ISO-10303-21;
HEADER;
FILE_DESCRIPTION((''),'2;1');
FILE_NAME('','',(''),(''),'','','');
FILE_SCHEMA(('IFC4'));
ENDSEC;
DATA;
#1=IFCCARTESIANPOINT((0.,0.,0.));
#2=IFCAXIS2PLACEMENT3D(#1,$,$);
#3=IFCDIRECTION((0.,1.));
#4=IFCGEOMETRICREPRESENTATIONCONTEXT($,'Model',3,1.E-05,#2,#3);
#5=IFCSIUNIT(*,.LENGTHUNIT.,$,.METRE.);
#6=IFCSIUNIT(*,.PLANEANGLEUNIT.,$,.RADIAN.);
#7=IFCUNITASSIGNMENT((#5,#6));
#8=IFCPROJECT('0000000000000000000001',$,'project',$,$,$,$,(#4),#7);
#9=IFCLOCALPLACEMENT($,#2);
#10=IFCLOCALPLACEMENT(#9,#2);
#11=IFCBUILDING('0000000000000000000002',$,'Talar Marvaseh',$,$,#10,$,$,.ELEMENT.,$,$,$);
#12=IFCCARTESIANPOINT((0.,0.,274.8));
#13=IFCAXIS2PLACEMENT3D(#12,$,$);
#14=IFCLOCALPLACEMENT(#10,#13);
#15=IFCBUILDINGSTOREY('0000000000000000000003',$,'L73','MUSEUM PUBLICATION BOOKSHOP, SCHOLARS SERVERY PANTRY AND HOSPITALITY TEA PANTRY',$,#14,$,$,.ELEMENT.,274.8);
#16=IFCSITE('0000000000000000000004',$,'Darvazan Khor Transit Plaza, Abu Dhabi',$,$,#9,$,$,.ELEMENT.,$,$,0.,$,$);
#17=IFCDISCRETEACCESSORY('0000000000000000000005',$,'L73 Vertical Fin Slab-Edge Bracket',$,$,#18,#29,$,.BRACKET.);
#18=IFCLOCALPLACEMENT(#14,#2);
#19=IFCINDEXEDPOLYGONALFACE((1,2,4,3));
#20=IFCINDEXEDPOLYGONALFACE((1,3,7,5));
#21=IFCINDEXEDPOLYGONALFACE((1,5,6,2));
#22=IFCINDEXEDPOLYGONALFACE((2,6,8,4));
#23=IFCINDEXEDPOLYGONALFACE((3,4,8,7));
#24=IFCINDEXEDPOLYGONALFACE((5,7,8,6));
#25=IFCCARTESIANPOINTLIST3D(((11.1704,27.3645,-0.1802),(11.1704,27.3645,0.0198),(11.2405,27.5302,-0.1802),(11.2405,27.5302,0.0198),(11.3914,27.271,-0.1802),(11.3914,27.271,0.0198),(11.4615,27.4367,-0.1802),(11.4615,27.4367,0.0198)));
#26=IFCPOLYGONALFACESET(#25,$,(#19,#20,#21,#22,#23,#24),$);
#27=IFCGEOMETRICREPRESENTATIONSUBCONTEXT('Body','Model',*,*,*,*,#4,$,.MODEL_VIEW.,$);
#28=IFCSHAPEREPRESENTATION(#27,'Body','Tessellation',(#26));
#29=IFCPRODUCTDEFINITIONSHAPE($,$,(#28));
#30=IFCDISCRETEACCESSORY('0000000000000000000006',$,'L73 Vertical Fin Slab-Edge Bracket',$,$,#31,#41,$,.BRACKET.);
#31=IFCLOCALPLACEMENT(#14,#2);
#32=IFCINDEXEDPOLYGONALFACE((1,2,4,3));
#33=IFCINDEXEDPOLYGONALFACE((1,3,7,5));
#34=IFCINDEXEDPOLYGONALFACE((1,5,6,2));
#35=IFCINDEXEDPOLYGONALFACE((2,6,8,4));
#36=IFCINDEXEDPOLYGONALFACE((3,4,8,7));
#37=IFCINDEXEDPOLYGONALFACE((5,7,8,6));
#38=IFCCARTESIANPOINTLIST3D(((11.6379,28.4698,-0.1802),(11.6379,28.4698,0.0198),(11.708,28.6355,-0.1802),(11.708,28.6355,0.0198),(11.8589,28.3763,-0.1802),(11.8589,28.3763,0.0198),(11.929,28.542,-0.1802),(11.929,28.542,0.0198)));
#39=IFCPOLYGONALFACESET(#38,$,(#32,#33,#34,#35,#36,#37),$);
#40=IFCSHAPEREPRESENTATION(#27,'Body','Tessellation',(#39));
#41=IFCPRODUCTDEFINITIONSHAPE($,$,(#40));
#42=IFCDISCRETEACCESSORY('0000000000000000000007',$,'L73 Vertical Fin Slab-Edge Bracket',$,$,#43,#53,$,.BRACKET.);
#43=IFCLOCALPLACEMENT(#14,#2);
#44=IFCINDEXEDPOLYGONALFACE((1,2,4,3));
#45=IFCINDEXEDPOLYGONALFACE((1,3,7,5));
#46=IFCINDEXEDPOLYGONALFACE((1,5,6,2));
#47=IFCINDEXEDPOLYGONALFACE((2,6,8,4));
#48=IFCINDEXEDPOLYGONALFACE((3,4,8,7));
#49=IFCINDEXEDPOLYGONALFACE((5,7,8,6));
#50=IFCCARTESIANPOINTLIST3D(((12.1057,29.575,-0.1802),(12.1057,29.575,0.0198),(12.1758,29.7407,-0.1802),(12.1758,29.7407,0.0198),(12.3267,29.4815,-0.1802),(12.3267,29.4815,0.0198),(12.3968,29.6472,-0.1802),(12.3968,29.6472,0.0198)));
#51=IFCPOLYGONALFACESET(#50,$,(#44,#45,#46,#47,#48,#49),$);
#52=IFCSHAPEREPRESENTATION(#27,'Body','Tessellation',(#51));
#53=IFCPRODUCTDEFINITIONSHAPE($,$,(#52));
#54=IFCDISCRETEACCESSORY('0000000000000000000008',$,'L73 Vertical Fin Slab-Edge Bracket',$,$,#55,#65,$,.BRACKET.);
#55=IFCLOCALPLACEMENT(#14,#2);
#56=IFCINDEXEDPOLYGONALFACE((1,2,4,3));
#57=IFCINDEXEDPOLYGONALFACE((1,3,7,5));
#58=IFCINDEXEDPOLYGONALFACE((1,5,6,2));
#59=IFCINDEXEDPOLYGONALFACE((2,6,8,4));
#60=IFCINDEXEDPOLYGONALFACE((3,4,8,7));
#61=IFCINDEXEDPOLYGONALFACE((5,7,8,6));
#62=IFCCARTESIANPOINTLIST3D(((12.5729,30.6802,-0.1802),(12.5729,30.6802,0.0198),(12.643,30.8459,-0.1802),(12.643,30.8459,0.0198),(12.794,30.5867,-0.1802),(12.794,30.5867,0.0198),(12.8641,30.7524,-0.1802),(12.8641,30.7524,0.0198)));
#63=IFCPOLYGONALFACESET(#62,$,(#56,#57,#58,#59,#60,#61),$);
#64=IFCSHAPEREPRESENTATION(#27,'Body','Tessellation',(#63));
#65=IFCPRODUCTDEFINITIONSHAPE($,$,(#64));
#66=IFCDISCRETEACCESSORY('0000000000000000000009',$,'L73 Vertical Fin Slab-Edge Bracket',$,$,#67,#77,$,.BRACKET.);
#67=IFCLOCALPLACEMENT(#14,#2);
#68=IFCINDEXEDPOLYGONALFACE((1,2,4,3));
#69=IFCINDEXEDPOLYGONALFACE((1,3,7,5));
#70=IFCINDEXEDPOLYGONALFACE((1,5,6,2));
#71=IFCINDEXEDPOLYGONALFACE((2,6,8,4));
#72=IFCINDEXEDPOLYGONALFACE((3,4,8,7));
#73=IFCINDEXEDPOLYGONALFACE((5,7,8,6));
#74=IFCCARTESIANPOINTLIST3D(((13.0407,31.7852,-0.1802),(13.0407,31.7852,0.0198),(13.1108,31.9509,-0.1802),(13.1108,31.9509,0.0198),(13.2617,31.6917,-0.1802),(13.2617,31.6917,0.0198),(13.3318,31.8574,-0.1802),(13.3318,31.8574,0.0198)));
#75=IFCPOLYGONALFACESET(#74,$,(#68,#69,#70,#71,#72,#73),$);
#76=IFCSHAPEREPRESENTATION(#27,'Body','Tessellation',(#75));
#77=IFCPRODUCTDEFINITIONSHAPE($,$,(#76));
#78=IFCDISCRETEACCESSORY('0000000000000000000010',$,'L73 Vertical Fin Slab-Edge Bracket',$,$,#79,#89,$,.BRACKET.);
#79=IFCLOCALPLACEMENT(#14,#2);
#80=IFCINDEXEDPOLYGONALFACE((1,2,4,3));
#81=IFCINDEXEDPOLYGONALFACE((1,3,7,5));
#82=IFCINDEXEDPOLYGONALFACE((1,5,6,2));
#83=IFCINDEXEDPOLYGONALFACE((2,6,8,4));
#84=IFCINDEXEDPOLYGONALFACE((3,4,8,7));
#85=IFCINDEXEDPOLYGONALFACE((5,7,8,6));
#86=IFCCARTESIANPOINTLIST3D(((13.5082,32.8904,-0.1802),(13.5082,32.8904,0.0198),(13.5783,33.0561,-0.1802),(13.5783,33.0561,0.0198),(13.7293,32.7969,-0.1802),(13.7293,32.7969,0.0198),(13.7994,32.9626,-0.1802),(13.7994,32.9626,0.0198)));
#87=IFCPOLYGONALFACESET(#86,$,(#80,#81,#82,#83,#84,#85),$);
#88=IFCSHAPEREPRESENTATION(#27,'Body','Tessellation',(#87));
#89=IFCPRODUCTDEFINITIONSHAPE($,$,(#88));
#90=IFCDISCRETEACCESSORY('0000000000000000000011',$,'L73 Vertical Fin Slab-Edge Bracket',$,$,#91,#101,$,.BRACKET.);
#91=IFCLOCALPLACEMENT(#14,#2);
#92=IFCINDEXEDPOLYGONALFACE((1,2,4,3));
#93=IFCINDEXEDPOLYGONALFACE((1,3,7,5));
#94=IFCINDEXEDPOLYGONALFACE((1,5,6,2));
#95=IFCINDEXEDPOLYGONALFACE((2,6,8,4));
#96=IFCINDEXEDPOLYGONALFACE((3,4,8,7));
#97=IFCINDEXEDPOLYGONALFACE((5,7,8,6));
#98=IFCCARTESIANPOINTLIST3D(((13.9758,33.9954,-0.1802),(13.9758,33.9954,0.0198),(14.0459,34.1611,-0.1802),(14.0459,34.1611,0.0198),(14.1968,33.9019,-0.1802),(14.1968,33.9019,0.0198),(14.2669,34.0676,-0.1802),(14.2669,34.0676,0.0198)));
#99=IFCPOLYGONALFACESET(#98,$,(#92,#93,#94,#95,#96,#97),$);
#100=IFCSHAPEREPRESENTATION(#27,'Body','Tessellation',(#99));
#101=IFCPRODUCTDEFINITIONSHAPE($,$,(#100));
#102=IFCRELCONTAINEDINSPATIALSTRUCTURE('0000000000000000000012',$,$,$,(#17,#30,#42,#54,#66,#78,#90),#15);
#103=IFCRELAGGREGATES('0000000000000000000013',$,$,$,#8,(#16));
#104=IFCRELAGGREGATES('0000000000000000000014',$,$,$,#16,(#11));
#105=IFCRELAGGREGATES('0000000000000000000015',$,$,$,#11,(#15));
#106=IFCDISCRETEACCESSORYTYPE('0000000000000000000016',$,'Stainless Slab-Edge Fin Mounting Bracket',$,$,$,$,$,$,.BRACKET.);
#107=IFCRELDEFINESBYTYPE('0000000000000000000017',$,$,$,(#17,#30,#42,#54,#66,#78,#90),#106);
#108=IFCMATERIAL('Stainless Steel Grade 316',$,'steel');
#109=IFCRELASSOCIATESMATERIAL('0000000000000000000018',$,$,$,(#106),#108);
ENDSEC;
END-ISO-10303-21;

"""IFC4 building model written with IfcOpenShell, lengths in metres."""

from ifc_helpers import new_model, si_unit, direction, frame, origin, origin_2d, place, context, subcontext, project, spatial, rectangle, extrude, source, transform, mapped, material, type_object, type_shapes, element, save


model = new_model("IFC4")

# Units and contexts
model_context = context("Model", 3, precision=1e-05, world=origin(), true_north=direction((0.0, 1.0)))
body_context = subcontext(model_context, "Body", "Model", "MODEL_VIEW")
ifc_project = project(units=[si_unit("LENGTHUNIT", "METRE"), si_unit("PLANEANGLEUNIT", "RADIAN")], contexts=[model_context])

# Site, building, storey
site_placement = place(None, origin())
site = spatial("IfcSite", under=ifc_project, at=site_placement, Name="Darvazan Khor Transit Plaza, Abu Dhabi", CompositionType="ELEMENT", RefElevation=0.0)
building_placement = place(site_placement, origin())
building = spatial("IfcBuilding", under=site, at=building_placement, Name="Talar Marvaseh", CompositionType="ELEMENT")
storey_placement = place(building_placement, frame((0.0, 0.0, 274.8)))
storey = spatial("IfcBuildingStorey", under=building, at=storey_placement, Name="L73", Description="MUSEUM PUBLICATION BOOKSHOP, SCHOLARS SERVERY PANTRY AND HOSPITALITY TEA PANTRY", CompositionType="ELEMENT", Elevation=274.8)

# Shared definitions
ifc_material_1 = material(Name="Stainless Steel Grade 316", Category="steel")

# Discrete accessories
discrete_accessory_type = type_object("IfcDiscreteAccessoryType", Name="Stainless Slab-Edge Fin Mounting Bracket", PredefinedType="BRACKET", material=ifc_material_1)
shared_shape_1 = source(origin(), body_context, "Body", "SweptSolid", [
    extrude(rectangle(XDim=0.24, YDim=0.1799, at=origin_2d()), origin(), (0.0, 0.0, 1.0), 0.2),
])
type_shapes(discrete_accessory_type, [shared_shape_1])
for number, where, z_axis, x_axis, name in (
    (1, (11.3159, 27.4006, -0.1802), (0.0, 0.0, 1.0), (-0.920982, 0.389606, 0.0), "L73 Vertical Fin Slab-Edge Bracket"),
    (2, (11.7834, 28.5059, -0.1802), (0.0, 0.0, 1.0), (-0.920982, 0.389606, 0.0), "L73 Vertical Fin Slab-Edge Bracket"),
    (3, (12.2512, 29.6111, -0.1802), (0.0, 0.0, 1.0), (-0.920982, 0.389606, 0.0), "L73 Vertical Fin Slab-Edge Bracket"),
    (4, (12.7185, 30.7163, -0.1802), (0.0, 0.0, 1.0), (-0.920982, 0.389606, 0.0), "L73 Vertical Fin Slab-Edge Bracket"),
    (5, (13.1863, 31.8213, -0.1802), (0.0, 0.0, 1.0), (-0.920982, 0.389606, 0.0), "L73 Vertical Fin Slab-Edge Bracket"),
    (6, (13.6538, 32.9265, -0.1802), (0.0, 0.0, 1.0), (-0.920982, 0.389606, 0.0), "L73 Vertical Fin Slab-Edge Bracket"),
    (7, (14.1213, 34.0315, -0.1802), (0.0, 0.0, 1.0), (-0.920982, 0.389606, 0.0), "L73 Vertical Fin Slab-Edge Bracket"),
):
    element("IfcDiscreteAccessory", number, at=place(storey_placement, frame(where, z_axis=z_axis, x_axis=x_axis)), inside=storey, type_object=discrete_accessory_type, Name=name, PredefinedType="BRACKET", context=body_context, shape_type="MappedRepresentation", body=[
        mapped(shared_shape_1, transform((0.0, 0.0, 0.0), x_axis=(1.0, 0.0, 0.0), y_axis=(0.0, 1.0, 0.0), z_axis=(0.0, 0.0, 1.0), scale=1.0)),
    ])

save(model, "model.ifc")
